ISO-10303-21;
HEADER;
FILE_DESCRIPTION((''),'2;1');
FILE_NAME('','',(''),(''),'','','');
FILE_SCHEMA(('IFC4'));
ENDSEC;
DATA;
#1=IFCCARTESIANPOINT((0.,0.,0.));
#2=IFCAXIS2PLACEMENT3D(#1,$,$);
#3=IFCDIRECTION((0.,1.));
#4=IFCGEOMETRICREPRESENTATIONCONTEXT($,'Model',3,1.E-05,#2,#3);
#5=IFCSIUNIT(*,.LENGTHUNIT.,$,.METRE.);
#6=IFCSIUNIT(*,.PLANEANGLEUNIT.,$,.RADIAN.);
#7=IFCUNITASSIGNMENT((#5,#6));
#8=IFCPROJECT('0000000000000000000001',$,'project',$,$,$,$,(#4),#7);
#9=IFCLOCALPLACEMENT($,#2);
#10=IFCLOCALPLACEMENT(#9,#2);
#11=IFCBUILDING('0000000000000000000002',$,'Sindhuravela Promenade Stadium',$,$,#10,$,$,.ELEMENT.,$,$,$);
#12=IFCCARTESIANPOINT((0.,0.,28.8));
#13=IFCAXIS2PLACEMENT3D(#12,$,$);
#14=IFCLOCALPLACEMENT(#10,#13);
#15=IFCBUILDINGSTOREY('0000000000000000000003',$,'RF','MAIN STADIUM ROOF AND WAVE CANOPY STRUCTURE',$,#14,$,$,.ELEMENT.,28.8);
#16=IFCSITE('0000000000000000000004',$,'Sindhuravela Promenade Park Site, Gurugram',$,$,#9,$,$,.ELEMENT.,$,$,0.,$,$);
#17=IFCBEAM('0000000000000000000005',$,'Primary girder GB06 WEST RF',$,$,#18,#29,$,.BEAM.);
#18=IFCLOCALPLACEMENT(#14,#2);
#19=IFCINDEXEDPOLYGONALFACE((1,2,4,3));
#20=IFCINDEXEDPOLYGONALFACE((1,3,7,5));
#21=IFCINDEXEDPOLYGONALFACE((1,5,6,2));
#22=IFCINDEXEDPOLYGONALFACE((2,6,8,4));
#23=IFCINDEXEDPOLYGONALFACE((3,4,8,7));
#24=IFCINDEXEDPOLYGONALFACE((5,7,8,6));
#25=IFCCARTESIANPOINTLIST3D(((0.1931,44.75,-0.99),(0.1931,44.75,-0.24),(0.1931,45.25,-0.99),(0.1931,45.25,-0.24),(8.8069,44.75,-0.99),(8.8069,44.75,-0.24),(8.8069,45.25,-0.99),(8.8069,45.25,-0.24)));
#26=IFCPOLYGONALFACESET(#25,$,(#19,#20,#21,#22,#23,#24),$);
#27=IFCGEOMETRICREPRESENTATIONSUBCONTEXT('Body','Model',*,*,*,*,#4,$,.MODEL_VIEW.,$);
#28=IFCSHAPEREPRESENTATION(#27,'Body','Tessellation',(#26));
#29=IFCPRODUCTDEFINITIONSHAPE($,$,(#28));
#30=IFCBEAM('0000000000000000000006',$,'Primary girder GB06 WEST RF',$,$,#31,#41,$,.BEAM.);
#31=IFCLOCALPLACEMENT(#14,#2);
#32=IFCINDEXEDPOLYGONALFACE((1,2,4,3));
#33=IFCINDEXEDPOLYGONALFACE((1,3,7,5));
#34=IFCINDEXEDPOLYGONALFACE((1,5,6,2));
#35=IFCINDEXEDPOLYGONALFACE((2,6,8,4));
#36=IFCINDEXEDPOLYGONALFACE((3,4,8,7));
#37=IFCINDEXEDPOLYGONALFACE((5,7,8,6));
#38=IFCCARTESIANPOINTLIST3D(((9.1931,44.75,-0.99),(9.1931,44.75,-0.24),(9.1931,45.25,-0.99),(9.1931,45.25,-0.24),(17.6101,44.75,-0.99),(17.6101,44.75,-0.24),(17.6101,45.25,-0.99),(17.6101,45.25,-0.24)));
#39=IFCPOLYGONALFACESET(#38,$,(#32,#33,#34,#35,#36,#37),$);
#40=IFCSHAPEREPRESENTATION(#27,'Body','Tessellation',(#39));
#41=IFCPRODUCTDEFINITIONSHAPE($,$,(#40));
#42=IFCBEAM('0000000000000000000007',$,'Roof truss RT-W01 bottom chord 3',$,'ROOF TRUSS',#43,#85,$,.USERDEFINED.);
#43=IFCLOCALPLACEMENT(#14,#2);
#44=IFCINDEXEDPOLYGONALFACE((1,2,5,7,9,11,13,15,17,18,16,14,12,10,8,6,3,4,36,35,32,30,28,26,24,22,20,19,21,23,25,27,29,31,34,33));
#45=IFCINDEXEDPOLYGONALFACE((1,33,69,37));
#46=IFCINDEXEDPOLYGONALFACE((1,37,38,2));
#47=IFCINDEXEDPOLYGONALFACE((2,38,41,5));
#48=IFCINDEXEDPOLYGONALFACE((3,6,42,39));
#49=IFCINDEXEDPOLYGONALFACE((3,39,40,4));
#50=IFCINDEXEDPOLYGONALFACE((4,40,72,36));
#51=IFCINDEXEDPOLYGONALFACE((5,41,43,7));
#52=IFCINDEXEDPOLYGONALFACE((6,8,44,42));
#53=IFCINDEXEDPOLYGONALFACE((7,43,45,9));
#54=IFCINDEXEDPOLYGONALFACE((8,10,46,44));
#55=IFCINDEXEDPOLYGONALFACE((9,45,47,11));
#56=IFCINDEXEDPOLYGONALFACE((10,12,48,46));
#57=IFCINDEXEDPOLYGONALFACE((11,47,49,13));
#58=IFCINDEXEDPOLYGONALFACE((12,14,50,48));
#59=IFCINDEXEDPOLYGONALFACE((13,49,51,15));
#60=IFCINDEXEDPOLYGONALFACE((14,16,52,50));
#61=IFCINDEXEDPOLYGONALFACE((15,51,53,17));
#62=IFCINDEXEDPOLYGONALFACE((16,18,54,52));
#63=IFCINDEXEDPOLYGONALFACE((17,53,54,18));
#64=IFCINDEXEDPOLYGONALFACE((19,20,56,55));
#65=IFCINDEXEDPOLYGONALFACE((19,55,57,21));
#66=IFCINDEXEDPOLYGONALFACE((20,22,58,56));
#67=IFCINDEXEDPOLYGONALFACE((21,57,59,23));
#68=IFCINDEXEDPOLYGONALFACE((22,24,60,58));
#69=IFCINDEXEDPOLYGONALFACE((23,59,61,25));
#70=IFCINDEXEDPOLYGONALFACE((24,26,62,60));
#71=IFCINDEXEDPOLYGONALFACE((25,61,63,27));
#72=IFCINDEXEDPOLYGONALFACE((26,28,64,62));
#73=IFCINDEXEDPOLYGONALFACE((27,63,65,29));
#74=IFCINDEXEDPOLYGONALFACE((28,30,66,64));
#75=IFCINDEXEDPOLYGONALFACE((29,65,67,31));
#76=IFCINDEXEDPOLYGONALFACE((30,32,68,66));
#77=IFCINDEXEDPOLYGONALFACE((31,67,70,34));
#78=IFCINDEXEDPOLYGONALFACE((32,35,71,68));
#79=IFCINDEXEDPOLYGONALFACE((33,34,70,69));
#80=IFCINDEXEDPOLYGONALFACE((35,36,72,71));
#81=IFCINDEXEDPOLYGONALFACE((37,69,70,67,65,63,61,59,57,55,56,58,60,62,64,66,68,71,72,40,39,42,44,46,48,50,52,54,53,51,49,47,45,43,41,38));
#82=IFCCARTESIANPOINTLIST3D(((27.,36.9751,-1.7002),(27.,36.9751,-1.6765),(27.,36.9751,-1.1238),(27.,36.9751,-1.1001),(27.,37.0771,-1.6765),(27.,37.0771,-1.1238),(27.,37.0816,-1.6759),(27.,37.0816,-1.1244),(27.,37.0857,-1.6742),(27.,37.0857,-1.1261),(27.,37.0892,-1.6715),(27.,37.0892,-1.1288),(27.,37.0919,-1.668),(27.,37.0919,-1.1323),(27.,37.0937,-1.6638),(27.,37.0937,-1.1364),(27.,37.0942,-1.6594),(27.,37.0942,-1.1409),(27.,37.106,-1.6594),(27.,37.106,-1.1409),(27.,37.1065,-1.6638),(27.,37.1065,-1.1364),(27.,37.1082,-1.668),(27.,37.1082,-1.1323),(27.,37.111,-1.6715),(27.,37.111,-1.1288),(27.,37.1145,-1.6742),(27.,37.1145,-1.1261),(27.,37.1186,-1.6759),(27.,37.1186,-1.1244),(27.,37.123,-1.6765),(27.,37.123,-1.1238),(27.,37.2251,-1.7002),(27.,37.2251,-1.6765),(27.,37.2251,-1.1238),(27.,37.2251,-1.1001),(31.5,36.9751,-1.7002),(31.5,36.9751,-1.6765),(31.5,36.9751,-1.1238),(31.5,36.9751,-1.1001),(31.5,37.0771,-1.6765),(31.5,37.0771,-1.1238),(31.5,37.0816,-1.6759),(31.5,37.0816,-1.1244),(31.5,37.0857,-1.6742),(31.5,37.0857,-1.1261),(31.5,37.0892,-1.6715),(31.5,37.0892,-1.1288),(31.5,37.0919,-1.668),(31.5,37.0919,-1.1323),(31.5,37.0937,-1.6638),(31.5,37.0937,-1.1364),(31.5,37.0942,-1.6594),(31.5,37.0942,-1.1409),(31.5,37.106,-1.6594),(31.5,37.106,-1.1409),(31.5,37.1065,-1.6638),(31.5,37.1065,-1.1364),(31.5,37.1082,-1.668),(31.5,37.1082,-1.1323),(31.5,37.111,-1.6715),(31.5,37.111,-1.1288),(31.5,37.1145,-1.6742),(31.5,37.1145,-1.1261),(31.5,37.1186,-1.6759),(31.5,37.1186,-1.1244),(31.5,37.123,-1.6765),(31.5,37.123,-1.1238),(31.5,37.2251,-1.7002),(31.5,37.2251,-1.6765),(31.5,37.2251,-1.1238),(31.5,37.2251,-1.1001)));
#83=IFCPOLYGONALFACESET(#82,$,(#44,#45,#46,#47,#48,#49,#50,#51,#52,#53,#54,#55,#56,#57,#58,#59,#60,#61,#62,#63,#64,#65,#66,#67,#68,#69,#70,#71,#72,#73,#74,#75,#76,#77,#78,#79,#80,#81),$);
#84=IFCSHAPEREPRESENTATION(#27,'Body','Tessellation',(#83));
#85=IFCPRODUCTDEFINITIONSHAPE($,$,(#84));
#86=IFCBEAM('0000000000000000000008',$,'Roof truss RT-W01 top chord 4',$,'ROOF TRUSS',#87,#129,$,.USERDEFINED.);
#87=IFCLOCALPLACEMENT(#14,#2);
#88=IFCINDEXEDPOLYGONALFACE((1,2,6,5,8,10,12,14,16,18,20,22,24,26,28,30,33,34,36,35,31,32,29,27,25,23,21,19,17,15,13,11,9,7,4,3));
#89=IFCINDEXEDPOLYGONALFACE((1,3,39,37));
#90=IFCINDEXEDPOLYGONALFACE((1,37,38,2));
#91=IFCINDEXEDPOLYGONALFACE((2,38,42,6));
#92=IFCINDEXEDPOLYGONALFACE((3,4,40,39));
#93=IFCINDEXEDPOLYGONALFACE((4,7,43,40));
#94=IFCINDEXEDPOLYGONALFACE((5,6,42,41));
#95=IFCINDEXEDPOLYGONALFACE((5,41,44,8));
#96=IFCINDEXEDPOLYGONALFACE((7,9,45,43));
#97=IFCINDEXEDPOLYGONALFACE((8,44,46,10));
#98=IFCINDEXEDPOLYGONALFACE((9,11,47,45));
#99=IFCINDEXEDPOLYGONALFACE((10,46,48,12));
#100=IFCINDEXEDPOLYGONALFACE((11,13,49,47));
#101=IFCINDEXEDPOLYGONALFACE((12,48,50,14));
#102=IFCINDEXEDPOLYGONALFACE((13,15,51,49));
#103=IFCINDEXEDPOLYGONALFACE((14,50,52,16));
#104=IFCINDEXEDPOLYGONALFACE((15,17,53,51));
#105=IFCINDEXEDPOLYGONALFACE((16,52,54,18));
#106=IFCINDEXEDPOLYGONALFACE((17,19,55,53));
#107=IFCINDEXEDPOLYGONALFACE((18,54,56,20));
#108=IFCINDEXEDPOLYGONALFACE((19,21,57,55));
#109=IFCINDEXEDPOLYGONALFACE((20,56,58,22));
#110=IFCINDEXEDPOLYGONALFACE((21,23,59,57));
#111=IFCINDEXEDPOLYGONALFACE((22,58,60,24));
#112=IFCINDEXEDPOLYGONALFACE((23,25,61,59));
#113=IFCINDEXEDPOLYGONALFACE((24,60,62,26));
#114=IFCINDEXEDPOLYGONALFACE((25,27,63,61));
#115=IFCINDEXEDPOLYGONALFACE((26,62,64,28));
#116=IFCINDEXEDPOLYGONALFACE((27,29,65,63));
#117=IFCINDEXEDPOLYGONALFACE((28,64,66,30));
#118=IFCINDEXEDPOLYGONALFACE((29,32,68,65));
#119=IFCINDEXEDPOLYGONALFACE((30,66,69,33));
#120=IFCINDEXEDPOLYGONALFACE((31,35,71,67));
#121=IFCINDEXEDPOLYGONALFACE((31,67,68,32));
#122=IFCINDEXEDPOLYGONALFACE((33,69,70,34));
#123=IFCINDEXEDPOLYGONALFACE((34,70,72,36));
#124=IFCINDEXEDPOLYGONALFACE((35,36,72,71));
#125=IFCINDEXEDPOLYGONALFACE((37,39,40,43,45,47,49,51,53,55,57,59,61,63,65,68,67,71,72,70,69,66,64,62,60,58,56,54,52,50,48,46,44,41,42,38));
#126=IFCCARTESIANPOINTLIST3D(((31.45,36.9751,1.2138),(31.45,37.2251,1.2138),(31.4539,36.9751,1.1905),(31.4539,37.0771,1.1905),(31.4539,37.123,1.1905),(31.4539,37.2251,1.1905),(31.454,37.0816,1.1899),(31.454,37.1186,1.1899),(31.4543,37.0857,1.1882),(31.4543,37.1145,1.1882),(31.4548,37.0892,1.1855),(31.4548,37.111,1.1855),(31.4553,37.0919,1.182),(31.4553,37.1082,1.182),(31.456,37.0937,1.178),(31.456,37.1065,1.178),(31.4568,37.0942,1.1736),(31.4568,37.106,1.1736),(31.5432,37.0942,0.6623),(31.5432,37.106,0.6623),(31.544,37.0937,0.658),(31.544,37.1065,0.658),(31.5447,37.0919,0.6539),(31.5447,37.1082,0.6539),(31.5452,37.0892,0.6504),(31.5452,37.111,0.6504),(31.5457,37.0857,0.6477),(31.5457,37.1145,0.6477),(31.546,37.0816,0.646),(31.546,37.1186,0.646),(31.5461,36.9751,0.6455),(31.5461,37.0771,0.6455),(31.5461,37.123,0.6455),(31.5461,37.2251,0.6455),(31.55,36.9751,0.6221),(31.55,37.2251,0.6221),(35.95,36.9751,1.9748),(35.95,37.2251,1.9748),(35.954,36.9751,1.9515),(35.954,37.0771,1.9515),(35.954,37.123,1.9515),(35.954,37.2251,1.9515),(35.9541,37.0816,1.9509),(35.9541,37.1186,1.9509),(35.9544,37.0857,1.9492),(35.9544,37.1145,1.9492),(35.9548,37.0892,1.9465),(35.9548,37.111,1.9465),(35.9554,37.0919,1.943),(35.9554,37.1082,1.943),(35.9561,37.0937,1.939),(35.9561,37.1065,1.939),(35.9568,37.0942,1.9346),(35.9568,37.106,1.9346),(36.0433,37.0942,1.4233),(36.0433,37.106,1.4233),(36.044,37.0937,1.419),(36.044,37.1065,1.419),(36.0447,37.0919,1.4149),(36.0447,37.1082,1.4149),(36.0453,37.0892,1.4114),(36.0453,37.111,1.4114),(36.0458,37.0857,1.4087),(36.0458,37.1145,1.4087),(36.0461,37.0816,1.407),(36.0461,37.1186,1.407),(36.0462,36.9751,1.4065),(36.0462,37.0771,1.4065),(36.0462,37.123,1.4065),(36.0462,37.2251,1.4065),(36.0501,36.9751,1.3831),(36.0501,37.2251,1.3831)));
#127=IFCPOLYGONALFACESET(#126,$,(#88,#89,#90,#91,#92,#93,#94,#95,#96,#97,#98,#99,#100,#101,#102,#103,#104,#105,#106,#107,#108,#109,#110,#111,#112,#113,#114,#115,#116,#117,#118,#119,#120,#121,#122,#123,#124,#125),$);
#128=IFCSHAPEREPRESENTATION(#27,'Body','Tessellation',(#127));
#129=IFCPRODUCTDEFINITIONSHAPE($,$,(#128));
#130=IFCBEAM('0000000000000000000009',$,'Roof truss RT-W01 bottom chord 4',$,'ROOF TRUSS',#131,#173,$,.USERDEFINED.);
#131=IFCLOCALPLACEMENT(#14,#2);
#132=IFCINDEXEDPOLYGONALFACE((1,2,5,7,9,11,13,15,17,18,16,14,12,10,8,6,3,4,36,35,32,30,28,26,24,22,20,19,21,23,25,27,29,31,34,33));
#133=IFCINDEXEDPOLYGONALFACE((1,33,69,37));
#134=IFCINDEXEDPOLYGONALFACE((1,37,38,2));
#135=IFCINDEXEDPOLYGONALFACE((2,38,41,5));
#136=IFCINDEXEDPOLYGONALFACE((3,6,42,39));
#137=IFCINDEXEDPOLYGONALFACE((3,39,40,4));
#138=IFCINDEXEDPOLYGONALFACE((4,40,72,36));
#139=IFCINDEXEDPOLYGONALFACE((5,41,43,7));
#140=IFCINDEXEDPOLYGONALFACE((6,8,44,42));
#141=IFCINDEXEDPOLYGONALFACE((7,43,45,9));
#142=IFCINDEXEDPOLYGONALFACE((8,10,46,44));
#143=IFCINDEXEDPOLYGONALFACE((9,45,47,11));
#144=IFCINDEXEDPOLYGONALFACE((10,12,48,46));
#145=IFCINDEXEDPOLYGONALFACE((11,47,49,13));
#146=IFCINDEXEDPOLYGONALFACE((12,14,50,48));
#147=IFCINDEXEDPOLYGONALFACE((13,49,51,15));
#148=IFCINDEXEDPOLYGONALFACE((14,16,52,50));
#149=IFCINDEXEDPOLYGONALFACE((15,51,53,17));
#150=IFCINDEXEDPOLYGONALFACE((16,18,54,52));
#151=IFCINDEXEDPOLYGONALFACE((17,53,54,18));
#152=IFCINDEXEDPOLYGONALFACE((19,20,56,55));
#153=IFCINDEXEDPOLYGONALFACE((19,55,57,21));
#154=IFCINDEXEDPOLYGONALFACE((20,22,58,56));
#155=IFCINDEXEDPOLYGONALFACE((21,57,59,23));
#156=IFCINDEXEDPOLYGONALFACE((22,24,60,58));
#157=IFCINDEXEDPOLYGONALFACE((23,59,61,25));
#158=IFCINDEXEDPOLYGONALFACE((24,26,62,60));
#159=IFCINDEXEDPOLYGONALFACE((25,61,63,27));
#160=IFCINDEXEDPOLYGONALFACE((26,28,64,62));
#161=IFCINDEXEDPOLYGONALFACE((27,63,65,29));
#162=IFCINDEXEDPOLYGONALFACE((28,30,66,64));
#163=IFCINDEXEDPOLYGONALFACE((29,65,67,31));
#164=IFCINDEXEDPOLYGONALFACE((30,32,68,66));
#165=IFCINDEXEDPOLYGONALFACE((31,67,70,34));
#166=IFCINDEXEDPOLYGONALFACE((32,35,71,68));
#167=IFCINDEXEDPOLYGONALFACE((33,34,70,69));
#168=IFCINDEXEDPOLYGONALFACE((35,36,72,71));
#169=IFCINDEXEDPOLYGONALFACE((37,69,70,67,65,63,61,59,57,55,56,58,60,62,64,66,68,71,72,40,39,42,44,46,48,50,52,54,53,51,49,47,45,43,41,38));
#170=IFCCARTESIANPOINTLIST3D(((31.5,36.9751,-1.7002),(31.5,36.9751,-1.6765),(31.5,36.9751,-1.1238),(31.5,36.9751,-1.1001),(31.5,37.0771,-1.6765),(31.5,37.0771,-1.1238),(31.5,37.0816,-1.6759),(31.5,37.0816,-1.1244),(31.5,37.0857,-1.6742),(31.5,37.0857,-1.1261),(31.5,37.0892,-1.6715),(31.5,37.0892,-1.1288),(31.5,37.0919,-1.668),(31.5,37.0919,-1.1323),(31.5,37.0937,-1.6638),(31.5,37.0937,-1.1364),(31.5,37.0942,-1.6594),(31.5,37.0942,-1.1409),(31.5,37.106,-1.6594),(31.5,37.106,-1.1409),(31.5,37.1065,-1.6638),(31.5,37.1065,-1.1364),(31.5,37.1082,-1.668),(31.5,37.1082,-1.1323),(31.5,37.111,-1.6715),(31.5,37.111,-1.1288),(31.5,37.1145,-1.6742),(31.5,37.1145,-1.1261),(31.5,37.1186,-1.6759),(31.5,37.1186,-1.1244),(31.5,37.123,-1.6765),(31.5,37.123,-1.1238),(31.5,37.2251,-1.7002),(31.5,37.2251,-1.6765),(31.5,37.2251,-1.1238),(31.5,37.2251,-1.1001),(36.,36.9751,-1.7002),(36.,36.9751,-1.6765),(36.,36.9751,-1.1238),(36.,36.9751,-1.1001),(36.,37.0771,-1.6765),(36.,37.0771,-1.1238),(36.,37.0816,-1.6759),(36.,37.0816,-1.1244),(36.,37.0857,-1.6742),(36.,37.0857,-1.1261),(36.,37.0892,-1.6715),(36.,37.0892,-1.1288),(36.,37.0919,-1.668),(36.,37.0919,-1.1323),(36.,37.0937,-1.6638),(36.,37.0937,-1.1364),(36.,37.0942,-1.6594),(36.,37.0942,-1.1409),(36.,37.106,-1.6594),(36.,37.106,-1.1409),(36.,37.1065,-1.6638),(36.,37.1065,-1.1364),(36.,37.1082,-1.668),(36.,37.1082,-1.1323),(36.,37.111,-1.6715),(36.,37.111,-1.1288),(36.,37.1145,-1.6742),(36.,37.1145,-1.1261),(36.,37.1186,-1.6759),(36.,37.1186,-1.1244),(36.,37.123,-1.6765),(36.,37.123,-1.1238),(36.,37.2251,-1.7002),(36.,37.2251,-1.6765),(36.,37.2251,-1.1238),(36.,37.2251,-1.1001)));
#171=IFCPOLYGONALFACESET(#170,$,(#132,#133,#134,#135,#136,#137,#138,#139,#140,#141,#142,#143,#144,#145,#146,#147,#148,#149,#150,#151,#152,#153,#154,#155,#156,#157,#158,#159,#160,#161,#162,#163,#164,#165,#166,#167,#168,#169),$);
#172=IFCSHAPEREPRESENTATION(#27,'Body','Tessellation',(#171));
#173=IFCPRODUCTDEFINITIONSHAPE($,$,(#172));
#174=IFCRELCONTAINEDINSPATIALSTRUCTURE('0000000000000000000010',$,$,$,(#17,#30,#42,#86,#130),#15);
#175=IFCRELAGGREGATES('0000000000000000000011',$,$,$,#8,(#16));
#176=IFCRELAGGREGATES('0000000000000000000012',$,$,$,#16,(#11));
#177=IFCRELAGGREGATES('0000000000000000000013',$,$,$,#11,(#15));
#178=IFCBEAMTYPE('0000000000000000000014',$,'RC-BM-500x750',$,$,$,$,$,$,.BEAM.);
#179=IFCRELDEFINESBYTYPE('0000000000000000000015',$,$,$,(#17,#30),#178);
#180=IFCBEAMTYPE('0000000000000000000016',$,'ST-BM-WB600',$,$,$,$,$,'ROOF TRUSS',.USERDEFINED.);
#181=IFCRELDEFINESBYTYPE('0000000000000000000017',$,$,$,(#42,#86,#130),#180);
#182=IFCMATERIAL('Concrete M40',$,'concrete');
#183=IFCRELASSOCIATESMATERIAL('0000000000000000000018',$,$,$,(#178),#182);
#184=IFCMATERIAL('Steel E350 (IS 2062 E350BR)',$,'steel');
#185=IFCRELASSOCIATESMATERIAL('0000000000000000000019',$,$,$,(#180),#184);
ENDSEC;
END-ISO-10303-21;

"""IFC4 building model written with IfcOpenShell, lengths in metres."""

from ifc_helpers import new_model, si_unit, direction, frame, origin, origin_2d, place, context, subcontext, project, spatial, rectangle, i_section, extrude, material, material_profile, profile_set, type_object, element, save


model = new_model("IFC4")

# Units and contexts
model_context = context("Model", 3, precision=1e-05, world=origin(), true_north=direction((0.0, 1.0)))
body_context = subcontext(model_context, "Body", "Model", "MODEL_VIEW")
ifc_project = project(units=[si_unit("LENGTHUNIT", "METRE"), si_unit("PLANEANGLEUNIT", "RADIAN")], contexts=[model_context])

# Site, building, storey
site_placement = place(None, origin())
site = spatial("IfcSite", under=ifc_project, at=site_placement, Name="Sindhuravela Promenade Park Site, Gurugram", CompositionType="ELEMENT", RefElevation=0.0)
building_placement = place(site_placement, origin())
building = spatial("IfcBuilding", under=site, at=building_placement, Name="Sindhuravela Promenade Stadium", CompositionType="ELEMENT")
storey_placement = place(building_placement, frame((0.0, 0.0, 28.8)))
storey = spatial("IfcBuildingStorey", under=building, at=storey_placement, Name="RF", Description="MAIN STADIUM ROOF AND WAVE CANOPY STRUCTURE", CompositionType="ELEMENT", Elevation=28.8)

# Beams
ifc_material_1 = material(Name="Concrete M40", Category="concrete")
ifc_material_profile_1 = material_profile(ifc_material_1, rectangle(XDim=0.5, YDim=0.75, at=origin_2d()), Name="RC 500x750")
ifc_profile_set_1 = profile_set([ifc_material_profile_1], Name="Concrete M40")
beam_type_1 = type_object("IfcBeamType", Name="RC-BM-500x750", PredefinedType="BEAM", material=ifc_profile_set_1)
beam_1_placement = place(storey_placement, frame((0.1931, 45.0, -0.615), z_axis=(1.0, 0.0, 0.0), x_axis=(0.0, 1.0, 0.0)))
element("IfcBeam", 1, at=beam_1_placement, inside=storey, type_object=beam_type_1, Name="Primary girder GB06 WEST RF", PredefinedType="BEAM", context=body_context, shape_type="SweptSolid", body=[
    extrude(rectangle(XDim=0.5, YDim=0.75, at=origin_2d()), origin(), (0.0, 0.0, 1.0), 8.6138),
])
beam_2_placement = place(storey_placement, frame((9.1931, 45.0, -0.615), z_axis=(1.0, 0.0, 0.0), x_axis=(0.0, 1.0, 0.0)))
element("IfcBeam", 2, at=beam_2_placement, inside=storey, type_object=beam_type_1, Name="Primary girder GB06 WEST RF", PredefinedType="BEAM", context=body_context, shape_type="SweptSolid", body=[
    extrude(rectangle(XDim=0.5, YDim=0.75, at=origin_2d()), origin(), (0.0, 0.0, 1.0), 8.417),
])
ifc_material_2 = material(Name="Steel E350 (IS 2062 E350BR)", Category="steel")
ifc_material_profile_2 = material_profile(ifc_material_2, i_section(OverallWidth=0.25, OverallDepth=0.6001, WebThickness=0.0117, FlangeThickness=0.0237, FilletRadius=0.0171, at=origin_2d()), Name="ISWB 600")
ifc_profile_set_2 = profile_set([ifc_material_profile_2], Name="Steel E350 (IS 2062 E350BR)")
beam_type_2 = type_object("IfcBeamType", Name="ST-BM-WB600", ElementType="ROOF TRUSS", PredefinedType="USERDEFINED", material=ifc_profile_set_2)
beam_3_placement = place(storey_placement, frame((27.0, 37.1001, -1.4001), z_axis=(1.0, 0.0, 0.0), x_axis=(0.0, 1.0, 0.0)))
element("IfcBeam", 3, at=beam_3_placement, inside=storey, type_object=beam_type_2, Name="Roof truss RT-W01 bottom chord 3", ObjectType="ROOF TRUSS", PredefinedType="USERDEFINED", context=body_context, shape_type="SweptSolid", body=[
    extrude(i_section(OverallWidth=0.25, OverallDepth=0.6001, WebThickness=0.0117, FlangeThickness=0.0237, FilletRadius=0.0171, at=origin_2d()), origin(), (0.0, 0.0, 1.0), 4.5),
])
beam_4_placement = place(storey_placement, frame((31.5, 37.1001, 0.918), z_axis=(0.986001, 0.0, 0.166741), x_axis=(0.0, 1.0, 0.0)))
element("IfcBeam", 4, at=beam_4_placement, inside=storey, type_object=beam_type_2, Name="Roof truss RT-W01 top chord 4", ObjectType="ROOF TRUSS", PredefinedType="USERDEFINED", context=body_context, shape_type="SweptSolid", body=[
    extrude(i_section(OverallWidth=0.25, OverallDepth=0.6001, WebThickness=0.0117, FlangeThickness=0.0237, FilletRadius=0.0171, at=origin_2d()), origin(), (0.0, 0.0, 1.0), 4.564),
])
beam_5_placement = place(storey_placement, frame((31.5, 37.1001, -1.4001), z_axis=(1.0, 0.0, 0.0), x_axis=(0.0, 1.0, 0.0)))
element("IfcBeam", 5, at=beam_5_placement, inside=storey, type_object=beam_type_2, Name="Roof truss RT-W01 bottom chord 4", ObjectType="ROOF TRUSS", PredefinedType="USERDEFINED", context=body_context, shape_type="SweptSolid", body=[
    extrude(i_section(OverallWidth=0.25, OverallDepth=0.6001, WebThickness=0.0117, FlangeThickness=0.0237, FilletRadius=0.0171, at=origin_2d()), origin(), (0.0, 0.0, 1.0), 4.5),
])

save(model, "model.ifc")
